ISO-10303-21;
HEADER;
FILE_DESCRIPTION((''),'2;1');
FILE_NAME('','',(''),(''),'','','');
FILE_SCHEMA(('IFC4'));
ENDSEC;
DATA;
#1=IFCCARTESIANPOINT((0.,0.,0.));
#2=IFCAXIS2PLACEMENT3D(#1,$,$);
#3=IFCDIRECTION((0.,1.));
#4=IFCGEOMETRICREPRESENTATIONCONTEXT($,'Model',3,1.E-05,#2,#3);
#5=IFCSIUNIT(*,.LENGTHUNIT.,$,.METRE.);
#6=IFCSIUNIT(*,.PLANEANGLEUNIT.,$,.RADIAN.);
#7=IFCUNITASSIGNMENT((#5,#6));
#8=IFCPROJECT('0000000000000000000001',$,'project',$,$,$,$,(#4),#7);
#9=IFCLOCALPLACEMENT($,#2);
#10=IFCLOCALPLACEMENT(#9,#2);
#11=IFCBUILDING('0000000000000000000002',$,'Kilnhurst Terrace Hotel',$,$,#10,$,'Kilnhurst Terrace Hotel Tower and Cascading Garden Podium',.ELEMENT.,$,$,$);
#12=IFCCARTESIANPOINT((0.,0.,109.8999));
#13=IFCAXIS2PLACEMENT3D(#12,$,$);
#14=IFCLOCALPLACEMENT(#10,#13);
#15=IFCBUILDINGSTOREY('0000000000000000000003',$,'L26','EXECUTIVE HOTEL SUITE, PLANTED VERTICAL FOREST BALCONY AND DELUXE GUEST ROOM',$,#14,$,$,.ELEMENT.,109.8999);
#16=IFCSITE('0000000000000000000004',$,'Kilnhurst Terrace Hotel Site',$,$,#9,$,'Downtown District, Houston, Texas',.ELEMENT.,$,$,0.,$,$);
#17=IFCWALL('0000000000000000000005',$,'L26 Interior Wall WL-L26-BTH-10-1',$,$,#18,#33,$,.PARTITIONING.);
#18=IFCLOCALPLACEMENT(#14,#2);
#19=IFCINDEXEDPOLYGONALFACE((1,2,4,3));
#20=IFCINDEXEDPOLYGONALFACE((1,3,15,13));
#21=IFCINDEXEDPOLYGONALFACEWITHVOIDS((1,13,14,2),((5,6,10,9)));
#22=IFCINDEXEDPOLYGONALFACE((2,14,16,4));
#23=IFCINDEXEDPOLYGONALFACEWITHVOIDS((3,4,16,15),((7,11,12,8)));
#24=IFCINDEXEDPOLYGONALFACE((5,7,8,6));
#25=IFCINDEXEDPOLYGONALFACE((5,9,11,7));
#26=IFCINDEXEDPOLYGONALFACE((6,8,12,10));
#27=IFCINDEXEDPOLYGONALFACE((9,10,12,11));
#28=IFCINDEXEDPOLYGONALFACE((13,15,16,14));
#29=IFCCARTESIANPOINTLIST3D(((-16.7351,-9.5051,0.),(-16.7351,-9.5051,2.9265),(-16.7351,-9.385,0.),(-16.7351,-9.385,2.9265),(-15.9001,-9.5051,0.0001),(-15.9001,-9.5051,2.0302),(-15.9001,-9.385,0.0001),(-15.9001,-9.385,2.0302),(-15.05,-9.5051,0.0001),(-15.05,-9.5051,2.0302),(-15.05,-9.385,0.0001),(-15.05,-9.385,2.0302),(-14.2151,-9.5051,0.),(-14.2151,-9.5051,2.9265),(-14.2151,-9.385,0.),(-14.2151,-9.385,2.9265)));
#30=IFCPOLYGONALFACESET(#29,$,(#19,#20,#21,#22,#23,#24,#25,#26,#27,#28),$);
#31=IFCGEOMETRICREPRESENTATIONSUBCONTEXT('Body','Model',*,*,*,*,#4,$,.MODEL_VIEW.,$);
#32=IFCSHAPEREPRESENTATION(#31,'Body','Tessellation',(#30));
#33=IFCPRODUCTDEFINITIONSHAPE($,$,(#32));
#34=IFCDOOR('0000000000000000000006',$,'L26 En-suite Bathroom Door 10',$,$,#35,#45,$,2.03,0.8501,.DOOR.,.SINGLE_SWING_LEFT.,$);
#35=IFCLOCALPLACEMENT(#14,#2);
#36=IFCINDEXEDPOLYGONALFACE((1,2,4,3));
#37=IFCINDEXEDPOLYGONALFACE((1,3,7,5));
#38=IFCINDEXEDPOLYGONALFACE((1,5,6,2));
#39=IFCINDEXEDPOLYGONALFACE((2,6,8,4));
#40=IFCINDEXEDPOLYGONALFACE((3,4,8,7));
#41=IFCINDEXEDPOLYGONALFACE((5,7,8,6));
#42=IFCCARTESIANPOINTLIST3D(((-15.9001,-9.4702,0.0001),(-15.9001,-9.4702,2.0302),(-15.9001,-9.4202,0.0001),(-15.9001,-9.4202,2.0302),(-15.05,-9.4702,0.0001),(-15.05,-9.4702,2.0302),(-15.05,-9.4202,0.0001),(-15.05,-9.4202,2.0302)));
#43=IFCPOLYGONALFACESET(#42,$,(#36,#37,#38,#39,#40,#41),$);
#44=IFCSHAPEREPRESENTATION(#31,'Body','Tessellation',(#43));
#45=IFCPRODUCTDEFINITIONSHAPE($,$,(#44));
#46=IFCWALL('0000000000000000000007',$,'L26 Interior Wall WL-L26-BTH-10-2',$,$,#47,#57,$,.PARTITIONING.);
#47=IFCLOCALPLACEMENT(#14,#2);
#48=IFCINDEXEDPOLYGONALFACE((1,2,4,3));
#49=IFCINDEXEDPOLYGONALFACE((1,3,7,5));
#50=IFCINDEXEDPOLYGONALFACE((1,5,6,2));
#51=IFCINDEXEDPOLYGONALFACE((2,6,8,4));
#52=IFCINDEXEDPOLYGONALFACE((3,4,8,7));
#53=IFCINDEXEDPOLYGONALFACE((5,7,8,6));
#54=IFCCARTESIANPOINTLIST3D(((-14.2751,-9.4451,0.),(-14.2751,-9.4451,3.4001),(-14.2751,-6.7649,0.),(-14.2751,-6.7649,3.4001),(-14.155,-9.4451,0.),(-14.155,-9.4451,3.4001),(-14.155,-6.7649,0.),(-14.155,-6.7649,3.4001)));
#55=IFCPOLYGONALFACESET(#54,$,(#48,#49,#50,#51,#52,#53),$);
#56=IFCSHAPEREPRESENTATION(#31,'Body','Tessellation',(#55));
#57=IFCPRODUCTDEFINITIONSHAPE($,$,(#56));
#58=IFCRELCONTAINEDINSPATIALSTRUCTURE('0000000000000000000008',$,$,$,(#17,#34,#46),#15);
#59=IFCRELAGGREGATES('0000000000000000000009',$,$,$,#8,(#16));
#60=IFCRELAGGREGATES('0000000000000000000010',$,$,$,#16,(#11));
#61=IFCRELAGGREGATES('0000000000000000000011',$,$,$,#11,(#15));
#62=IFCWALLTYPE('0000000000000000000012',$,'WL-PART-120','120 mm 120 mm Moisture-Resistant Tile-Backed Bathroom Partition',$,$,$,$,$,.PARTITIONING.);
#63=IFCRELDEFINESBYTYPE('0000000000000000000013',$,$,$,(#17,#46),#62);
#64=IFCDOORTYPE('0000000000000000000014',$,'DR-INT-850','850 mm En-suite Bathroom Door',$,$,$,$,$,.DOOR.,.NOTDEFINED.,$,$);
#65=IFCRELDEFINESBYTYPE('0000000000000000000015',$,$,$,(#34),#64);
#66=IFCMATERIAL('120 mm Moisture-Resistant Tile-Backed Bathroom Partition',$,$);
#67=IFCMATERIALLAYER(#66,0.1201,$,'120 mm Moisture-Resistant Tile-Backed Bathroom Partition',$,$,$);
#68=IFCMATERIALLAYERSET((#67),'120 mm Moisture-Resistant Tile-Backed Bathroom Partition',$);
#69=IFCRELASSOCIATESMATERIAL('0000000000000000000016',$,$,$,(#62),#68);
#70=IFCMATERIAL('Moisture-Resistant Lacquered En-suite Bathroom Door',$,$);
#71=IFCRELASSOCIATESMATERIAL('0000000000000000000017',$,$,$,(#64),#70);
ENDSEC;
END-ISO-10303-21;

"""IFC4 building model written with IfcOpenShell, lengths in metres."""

from ifc_helpers import new_model, si_unit, direction, frame, frame_2d, origin, place, context, subcontext, project, spatial, rectangle, extrude, material, layer, layer_set, type_object, element, fill, save


model = new_model("IFC4")

# Units and contexts
model_context = context("Model", 3, precision=1e-05, world=origin(), true_north=direction((0.0, 1.0)))
body_context = subcontext(model_context, "Body", "Model", "MODEL_VIEW")
ifc_project = project(units=[si_unit("LENGTHUNIT", "METRE"), si_unit("PLANEANGLEUNIT", "RADIAN")], contexts=[model_context])

# Site, building, storey
site_placement = place(None, origin())
site = spatial("IfcSite", under=ifc_project, at=site_placement, Name="Kilnhurst Terrace Hotel Site", LongName="Downtown District, Houston, Texas", CompositionType="ELEMENT", RefElevation=0.0)
building_placement = place(site_placement, origin())
building = spatial("IfcBuilding", under=site, at=building_placement, Name="Kilnhurst Terrace Hotel", LongName="Kilnhurst Terrace Hotel Tower and Cascading Garden Podium", CompositionType="ELEMENT")
storey_placement = place(building_placement, frame((0.0, 0.0, 109.8999)))
storey = spatial("IfcBuildingStorey", under=building, at=storey_placement, Name="L26", Description="EXECUTIVE HOTEL SUITE, PLANTED VERTICAL FOREST BALCONY AND DELUXE GUEST ROOM", CompositionType="ELEMENT", Elevation=109.8999)

# Wall, opening, door
ifc_material_1 = material(Name="120 mm Moisture-Resistant Tile-Backed Bathroom Partition")
ifc_layer_1 = layer(ifc_material_1, 0.1201, Name="120 mm Moisture-Resistant Tile-Backed Bathroom Partition")
ifc_layer_set_1 = layer_set([ifc_layer_1], Name="120 mm Moisture-Resistant Tile-Backed Bathroom Partition")
wall_type_1 = type_object("IfcWallType", Name="WL-PART-120", Description="120 mm 120 mm Moisture-Resistant Tile-Backed Bathroom Partition", PredefinedType="PARTITIONING", material=ifc_layer_set_1)
wall_1_placement = place(storey_placement, frame((-16.7351, -9.4451, 0.0), z_axis=(0.0, 0.0, 1.0), x_axis=(1.0, 0.0, 0.0)))
wall_1 = element("IfcWall", 1, at=wall_1_placement, inside=storey, type_object=wall_type_1, Name="L26 Interior Wall WL-L26-BTH-10-1", PredefinedType="PARTITIONING", context=body_context, shape_type="SweptSolid", body=[
    extrude(rectangle(XDim=2.52, YDim=0.1201, at=frame_2d((1.26, 0.0))), origin(), (0.0, 0.0, 1.0), 2.9265),
])
opening_1_placement = place(wall_1_placement, frame((0.835, 0.0, 0.0)))
opening_1 = element("IfcOpeningElement", 2, at=opening_1_placement, cuts=wall_1, PredefinedType="OPENING", context=body_context, shape_type="SweptSolid", body=[
    extrude(rectangle(XDim=0.8501, YDim=2.03, at=frame_2d((0.425, 1.0151))), frame((0.0, 0.0701, 0.0), z_axis=(0.0, -1.0, 0.0), x_axis=(1.0, 0.0, 0.0)), (0.0, 0.0, 1.0), 0.1401),
])
ifc_material_2 = material(Name="Moisture-Resistant Lacquered En-suite Bathroom Door")
door_type_1 = type_object("IfcDoorType", Name="DR-INT-850", Description="850 mm En-suite Bathroom Door", OperationType="NOTDEFINED", PredefinedType="DOOR", material=ifc_material_2)
door_1_placement = place(opening_1_placement, origin())
door_1 = element("IfcDoor", 3, at=door_1_placement, inside=storey, type_object=door_type_1, Name="L26 En-suite Bathroom Door 10", OperationType="SINGLE_SWING_LEFT", OverallHeight=2.03, OverallWidth=0.8501, PredefinedType="DOOR", context=body_context, shape_type="SweptSolid", body=[
    extrude(rectangle(XDim=0.8501, YDim=2.03, at=frame_2d((0.425, 1.0151))), frame((0.0, 0.0249, 0.0), z_axis=(0.0, -1.0, 0.0), x_axis=(1.0, 0.0, 0.0)), (0.0, 0.0, 1.0), 0.05),
])
fill(opening_1, door_1)

# Wall
wall_2_placement = place(storey_placement, frame((-14.2151, -9.4451, 0.0), z_axis=(0.0, 0.0, 1.0), x_axis=(0.0, 1.0, 0.0)))
element("IfcWall", 4, at=wall_2_placement, inside=storey, type_object=wall_type_1, Name="L26 Interior Wall WL-L26-BTH-10-2", PredefinedType="PARTITIONING", context=body_context, shape_type="SweptSolid", body=[
    extrude(rectangle(XDim=2.6802, YDim=0.1201, at=frame_2d((1.3401, 0.0))), origin(), (0.0, 0.0, 1.0), 3.4001),
])

save(model, "model.ifc")
